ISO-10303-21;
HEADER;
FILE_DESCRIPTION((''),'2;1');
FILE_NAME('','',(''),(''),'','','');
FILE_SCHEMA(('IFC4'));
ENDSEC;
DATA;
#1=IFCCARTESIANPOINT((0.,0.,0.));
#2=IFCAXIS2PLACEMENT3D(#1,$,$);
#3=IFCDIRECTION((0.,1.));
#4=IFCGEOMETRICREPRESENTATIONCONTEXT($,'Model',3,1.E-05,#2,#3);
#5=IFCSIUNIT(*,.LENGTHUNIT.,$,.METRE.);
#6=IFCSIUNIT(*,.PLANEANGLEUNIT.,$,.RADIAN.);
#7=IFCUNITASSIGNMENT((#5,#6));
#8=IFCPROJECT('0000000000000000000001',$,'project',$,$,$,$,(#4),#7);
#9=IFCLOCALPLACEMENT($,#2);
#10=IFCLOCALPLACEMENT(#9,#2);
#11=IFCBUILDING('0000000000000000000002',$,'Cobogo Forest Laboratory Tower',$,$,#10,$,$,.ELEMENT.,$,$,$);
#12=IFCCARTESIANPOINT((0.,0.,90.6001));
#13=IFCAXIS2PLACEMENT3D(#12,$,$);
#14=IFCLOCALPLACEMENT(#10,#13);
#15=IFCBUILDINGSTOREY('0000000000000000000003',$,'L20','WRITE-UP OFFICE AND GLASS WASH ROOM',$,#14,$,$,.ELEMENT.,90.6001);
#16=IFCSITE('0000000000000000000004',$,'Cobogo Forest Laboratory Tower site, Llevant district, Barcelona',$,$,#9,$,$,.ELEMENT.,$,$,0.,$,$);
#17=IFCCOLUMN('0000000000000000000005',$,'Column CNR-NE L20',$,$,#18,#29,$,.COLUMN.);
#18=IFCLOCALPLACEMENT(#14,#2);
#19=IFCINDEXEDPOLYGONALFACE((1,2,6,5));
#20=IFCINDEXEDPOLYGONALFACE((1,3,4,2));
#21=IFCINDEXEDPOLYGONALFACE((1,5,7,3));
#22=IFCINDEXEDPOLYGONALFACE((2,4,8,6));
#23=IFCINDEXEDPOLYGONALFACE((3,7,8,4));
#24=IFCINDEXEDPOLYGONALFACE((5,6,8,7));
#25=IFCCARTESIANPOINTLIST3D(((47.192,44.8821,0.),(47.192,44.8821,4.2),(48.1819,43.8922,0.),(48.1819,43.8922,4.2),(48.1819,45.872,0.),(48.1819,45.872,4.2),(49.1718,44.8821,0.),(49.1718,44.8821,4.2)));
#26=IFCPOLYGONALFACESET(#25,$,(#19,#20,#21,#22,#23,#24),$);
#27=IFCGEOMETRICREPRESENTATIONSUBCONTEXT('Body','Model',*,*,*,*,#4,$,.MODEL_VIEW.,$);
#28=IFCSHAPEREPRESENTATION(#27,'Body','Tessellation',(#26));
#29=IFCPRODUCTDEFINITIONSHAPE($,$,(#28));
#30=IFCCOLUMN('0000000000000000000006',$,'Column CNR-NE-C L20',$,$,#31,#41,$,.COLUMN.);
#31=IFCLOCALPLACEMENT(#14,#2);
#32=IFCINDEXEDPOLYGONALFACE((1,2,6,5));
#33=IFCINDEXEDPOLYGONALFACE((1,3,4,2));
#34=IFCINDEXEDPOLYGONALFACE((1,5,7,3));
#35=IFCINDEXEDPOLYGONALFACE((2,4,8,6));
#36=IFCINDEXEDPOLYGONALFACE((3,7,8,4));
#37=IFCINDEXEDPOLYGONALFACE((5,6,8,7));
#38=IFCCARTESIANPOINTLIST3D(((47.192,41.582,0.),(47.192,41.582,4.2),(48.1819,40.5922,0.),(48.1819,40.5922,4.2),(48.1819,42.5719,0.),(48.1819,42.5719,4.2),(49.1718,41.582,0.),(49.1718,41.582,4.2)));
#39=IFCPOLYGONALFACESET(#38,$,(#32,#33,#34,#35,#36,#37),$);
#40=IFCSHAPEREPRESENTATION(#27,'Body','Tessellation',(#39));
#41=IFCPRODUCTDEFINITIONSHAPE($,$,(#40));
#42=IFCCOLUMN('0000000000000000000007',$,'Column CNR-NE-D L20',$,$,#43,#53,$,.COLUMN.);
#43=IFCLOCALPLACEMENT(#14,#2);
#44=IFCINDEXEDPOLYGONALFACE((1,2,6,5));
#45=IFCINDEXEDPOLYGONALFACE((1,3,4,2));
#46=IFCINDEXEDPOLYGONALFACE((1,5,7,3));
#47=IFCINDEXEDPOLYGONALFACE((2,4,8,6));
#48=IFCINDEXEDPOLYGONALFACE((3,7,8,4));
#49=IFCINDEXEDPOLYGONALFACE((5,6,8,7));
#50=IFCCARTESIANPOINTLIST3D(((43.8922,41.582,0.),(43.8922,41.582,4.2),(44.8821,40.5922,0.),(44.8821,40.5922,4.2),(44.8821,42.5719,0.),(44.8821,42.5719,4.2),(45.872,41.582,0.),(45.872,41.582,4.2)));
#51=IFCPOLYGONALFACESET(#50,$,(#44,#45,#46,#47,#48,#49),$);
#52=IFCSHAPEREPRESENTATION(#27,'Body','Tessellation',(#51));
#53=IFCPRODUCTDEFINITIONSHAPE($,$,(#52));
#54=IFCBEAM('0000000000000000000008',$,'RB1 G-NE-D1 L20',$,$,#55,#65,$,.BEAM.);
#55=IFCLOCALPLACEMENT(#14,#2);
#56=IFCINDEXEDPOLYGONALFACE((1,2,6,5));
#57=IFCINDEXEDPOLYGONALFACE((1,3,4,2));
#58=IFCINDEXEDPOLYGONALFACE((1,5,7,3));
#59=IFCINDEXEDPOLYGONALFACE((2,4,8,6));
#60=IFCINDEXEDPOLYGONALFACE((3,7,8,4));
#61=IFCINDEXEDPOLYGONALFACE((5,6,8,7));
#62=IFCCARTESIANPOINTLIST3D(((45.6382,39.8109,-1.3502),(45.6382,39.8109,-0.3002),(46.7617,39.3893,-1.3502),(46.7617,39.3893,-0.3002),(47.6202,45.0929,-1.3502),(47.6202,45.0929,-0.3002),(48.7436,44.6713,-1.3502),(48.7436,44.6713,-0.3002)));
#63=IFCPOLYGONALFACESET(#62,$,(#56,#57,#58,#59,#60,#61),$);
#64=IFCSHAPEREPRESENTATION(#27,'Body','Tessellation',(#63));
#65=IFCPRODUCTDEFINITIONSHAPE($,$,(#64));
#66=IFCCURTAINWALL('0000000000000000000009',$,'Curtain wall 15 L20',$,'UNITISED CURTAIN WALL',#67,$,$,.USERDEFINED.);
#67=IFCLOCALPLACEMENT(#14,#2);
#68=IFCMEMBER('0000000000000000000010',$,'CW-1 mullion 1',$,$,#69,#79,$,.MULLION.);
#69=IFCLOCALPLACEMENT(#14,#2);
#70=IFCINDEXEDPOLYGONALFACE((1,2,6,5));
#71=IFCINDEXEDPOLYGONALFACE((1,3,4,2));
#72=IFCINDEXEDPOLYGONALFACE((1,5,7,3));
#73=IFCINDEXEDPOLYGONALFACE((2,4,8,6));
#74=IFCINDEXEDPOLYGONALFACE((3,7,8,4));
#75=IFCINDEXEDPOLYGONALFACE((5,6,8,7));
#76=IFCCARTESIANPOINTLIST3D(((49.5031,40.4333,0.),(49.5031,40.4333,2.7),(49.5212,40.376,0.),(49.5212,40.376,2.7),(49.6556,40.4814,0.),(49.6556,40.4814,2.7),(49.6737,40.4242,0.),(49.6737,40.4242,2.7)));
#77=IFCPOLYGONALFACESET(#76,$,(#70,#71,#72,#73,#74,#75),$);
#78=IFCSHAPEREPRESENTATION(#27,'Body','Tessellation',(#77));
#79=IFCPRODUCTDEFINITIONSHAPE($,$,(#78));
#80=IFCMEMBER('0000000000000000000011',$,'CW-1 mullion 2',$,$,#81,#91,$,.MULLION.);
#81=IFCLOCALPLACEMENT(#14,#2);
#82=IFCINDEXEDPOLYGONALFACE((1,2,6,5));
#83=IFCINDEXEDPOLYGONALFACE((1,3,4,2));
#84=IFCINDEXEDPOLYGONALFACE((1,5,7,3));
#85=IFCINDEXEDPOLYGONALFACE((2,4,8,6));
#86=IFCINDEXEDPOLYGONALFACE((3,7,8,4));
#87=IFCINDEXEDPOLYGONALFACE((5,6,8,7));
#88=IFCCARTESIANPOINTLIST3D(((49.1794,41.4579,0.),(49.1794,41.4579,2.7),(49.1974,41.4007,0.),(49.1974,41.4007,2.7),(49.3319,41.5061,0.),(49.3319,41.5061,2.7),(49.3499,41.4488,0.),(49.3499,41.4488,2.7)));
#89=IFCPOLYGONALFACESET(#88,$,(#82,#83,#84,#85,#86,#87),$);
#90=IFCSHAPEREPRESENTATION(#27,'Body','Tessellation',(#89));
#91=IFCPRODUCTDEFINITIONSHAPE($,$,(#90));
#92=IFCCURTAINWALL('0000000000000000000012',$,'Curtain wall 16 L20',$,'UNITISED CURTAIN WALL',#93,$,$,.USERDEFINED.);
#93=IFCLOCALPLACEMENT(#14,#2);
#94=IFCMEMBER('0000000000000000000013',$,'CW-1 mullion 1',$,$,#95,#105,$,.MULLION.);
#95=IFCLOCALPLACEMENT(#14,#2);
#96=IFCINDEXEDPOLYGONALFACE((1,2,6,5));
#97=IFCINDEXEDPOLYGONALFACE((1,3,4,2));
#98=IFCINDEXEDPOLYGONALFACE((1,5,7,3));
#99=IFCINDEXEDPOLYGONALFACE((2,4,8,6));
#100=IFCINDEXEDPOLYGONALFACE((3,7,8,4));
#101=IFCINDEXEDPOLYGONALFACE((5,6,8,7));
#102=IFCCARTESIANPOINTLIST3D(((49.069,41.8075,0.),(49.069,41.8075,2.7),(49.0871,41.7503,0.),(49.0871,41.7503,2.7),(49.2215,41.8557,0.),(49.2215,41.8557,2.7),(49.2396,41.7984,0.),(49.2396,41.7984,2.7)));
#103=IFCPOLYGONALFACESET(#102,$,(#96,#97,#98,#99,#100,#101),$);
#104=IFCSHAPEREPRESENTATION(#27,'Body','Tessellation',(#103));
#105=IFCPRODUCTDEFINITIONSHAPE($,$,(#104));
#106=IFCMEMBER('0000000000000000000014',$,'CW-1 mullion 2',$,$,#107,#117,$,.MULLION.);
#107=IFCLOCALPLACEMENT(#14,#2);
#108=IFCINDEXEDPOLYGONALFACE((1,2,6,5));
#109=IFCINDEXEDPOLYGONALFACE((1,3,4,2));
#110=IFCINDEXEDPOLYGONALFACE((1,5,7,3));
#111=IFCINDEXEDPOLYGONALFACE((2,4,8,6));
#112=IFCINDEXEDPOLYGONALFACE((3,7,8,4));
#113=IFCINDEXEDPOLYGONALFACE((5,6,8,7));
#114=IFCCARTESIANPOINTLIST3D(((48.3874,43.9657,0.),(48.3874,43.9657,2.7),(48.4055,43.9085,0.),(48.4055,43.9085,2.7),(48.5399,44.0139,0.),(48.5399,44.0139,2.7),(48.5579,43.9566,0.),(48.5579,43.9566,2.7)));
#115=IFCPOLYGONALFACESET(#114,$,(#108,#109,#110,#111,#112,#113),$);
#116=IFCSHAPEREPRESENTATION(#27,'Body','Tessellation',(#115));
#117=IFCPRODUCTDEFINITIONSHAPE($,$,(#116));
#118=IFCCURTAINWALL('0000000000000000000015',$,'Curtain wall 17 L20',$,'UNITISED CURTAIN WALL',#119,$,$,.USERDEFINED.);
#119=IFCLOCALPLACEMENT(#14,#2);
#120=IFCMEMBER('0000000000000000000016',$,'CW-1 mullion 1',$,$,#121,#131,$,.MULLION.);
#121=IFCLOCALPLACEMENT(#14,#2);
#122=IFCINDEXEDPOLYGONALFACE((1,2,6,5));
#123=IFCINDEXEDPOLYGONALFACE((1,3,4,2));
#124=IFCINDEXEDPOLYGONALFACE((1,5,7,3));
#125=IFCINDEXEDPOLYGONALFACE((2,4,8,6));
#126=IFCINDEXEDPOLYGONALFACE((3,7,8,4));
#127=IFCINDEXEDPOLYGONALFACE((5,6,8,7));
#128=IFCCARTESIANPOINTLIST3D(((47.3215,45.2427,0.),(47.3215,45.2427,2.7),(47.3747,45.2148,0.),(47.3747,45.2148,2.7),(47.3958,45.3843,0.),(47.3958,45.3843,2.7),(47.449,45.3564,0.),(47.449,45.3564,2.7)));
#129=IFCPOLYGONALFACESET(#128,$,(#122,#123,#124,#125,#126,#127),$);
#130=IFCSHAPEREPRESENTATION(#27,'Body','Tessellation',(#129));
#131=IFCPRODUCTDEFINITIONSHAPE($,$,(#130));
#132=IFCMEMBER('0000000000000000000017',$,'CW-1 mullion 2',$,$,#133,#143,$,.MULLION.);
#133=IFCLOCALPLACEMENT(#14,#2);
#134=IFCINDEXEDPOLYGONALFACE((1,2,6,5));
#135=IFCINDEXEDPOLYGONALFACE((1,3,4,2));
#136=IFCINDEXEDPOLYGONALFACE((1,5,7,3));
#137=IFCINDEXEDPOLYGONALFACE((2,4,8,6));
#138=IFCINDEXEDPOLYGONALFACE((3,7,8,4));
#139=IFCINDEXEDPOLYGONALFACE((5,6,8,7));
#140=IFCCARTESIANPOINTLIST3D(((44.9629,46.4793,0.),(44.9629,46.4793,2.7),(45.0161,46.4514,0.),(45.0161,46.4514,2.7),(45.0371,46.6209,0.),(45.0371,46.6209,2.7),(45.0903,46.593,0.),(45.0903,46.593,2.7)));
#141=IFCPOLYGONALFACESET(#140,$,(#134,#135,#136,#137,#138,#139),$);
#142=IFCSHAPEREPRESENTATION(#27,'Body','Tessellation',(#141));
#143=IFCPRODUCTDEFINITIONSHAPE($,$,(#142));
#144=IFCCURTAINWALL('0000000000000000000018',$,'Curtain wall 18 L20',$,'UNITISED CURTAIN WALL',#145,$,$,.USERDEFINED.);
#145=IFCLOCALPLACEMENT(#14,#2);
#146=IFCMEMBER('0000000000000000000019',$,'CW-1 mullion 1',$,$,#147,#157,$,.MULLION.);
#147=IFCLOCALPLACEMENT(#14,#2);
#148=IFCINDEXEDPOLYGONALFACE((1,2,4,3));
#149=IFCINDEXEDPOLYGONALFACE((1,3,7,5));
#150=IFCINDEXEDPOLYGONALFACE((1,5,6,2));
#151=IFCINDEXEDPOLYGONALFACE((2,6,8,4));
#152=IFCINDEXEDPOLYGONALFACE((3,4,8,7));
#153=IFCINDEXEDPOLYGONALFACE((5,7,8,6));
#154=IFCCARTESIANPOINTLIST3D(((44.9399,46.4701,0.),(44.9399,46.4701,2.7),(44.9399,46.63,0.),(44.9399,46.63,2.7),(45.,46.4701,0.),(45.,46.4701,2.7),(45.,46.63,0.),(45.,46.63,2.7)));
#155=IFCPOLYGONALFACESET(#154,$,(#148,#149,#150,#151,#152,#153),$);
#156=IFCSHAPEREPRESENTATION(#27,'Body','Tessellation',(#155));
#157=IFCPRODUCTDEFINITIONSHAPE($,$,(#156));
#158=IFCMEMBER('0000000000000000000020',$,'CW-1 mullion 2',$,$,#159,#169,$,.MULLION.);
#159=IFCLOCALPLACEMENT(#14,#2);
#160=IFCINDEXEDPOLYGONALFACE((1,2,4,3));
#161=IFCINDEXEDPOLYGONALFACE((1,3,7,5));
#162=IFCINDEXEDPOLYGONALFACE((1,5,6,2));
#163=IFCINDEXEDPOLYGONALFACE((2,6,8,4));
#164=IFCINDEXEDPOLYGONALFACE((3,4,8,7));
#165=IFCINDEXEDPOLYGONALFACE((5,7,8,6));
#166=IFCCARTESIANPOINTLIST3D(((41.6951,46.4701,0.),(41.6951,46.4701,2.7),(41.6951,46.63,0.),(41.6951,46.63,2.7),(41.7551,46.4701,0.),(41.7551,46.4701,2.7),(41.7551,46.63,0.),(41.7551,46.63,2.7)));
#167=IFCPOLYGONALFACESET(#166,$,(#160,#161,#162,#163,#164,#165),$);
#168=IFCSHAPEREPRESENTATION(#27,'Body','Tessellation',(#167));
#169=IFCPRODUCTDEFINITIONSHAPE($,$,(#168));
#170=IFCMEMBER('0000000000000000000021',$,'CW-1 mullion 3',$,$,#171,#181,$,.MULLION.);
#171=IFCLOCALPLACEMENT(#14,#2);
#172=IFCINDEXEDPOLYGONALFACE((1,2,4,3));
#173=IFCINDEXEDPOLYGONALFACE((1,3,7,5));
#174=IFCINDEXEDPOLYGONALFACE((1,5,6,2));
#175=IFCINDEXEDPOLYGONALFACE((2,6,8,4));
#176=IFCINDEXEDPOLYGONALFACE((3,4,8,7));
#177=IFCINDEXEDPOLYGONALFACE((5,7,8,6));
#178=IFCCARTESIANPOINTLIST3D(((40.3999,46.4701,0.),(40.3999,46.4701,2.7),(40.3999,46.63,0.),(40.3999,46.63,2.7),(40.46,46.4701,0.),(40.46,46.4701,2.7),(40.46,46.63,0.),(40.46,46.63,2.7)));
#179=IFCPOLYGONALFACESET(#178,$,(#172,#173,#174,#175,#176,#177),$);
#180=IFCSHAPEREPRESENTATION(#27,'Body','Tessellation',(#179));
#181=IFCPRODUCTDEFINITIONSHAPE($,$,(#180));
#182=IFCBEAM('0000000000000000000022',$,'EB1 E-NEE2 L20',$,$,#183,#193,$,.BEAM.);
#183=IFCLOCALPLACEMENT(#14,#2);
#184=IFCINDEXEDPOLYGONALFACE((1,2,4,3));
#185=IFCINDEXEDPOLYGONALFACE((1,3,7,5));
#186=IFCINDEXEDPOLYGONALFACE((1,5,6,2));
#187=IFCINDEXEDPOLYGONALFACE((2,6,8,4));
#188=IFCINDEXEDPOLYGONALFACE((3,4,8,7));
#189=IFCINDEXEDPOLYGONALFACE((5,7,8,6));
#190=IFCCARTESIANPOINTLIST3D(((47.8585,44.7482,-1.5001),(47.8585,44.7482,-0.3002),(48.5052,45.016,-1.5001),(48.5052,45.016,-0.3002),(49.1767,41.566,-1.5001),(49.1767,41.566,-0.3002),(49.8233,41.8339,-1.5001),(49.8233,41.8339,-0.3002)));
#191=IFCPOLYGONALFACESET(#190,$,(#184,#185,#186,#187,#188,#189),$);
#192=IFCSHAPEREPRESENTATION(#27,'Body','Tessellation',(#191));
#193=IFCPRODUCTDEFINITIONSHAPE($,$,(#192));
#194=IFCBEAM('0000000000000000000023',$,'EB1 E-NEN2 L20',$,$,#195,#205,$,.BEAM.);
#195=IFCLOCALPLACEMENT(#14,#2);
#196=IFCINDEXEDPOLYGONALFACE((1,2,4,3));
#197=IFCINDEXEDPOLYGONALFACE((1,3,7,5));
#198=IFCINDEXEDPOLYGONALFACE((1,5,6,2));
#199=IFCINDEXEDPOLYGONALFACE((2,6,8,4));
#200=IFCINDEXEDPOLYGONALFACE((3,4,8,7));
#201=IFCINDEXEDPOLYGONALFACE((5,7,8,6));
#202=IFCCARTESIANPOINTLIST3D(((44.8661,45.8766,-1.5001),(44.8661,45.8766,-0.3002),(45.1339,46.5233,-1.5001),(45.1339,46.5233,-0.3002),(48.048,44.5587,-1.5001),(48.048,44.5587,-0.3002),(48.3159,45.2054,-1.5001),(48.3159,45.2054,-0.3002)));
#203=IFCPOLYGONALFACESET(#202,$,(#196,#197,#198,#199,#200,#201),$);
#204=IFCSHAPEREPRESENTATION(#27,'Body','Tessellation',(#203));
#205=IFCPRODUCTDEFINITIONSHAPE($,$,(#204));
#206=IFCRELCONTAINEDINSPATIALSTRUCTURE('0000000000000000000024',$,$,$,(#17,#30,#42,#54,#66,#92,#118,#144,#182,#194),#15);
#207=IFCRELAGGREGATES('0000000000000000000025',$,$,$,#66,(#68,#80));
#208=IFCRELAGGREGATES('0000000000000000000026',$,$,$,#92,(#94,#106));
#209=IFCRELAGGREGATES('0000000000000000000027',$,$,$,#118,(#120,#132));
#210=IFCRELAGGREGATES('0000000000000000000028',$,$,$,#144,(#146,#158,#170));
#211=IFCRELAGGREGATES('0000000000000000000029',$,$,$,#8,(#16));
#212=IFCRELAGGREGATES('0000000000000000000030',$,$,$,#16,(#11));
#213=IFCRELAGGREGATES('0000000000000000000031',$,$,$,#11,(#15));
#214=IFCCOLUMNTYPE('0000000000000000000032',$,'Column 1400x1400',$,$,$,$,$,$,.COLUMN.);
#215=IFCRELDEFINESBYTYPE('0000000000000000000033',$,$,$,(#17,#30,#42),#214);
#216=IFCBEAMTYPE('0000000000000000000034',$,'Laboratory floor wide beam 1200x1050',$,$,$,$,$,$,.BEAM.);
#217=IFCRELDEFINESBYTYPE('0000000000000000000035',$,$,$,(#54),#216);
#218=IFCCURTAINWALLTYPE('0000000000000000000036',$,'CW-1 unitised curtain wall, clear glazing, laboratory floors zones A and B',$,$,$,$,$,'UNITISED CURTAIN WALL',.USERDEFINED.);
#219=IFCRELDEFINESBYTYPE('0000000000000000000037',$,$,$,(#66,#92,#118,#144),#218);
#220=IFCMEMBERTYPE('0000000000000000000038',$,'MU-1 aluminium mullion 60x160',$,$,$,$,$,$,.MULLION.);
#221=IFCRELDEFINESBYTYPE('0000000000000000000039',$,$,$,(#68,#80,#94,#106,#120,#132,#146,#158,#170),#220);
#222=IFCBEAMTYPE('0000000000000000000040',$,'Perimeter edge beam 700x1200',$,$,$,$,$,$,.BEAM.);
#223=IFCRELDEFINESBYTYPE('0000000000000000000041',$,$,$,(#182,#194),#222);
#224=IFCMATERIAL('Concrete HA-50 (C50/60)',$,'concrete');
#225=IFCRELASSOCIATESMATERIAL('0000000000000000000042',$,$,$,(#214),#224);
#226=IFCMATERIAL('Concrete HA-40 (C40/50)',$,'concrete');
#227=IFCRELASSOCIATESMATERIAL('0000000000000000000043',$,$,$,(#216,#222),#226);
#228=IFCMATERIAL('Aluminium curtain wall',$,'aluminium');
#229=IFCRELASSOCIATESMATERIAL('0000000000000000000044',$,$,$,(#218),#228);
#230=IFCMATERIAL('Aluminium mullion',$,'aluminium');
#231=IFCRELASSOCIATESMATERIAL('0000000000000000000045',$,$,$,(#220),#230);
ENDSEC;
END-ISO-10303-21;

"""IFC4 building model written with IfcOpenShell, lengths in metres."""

from ifc_helpers import new_model, si_unit, direction, frame, origin, origin_2d, place, context, subcontext, project, spatial, rectangle, extrude, material, material_profile, profile_set, type_object, element, aggregate, save


model = new_model("IFC4")

# Units and contexts
model_context = context("Model", 3, precision=1e-05, world=origin(), true_north=direction((0.0, 1.0)))
body_context = subcontext(model_context, "Body", "Model", "MODEL_VIEW")
ifc_project = project(units=[si_unit("LENGTHUNIT", "METRE"), si_unit("PLANEANGLEUNIT", "RADIAN")], contexts=[model_context])

# Site, building, storey
site_placement = place(None, origin())
site = spatial("IfcSite", under=ifc_project, at=site_placement, Name="Cobogo Forest Laboratory Tower site, Llevant district, Barcelona", CompositionType="ELEMENT", RefElevation=0.0)
building_placement = place(site_placement, origin())
building = spatial("IfcBuilding", under=site, at=building_placement, Name="Cobogo Forest Laboratory Tower", CompositionType="ELEMENT")
storey_placement = place(building_placement, frame((0.0, 0.0, 90.6001)))
storey = spatial("IfcBuildingStorey", under=building, at=storey_placement, Name="L20", Description="WRITE-UP OFFICE AND GLASS WASH ROOM", CompositionType="ELEMENT", Elevation=90.6001)

# Columns
ifc_material_1 = material(Name="Concrete HA-50 (C50/60)", Category="concrete")
ifc_material_profile_1 = material_profile(ifc_material_1, rectangle(XDim=1.3999, YDim=1.3999, at=origin_2d()), Name="RC 1400x1400")
ifc_profile_set_1 = profile_set([ifc_material_profile_1], Name="Concrete HA-50 (C50/60)")
column_type = type_object("IfcColumnType", Name="Column 1400x1400", PredefinedType="COLUMN", material=ifc_profile_set_1)
for number, where, z_axis, x_axis, name in (
    (1, (48.1819, 44.8821, 0.0), (0.0, 0.0, 1.0), (0.707107, 0.707107, 0.0), "Column CNR-NE L20"),
    (2, (48.1819, 41.582, 0.0), (0.0, 0.0, 1.0), (0.707107, 0.707107, 0.0), "Column CNR-NE-C L20"),
    (3, (44.8821, 41.582, 0.0), (0.0, 0.0, 1.0), (0.707107, 0.707107, 0.0), "Column CNR-NE-D L20"),
):
    element("IfcColumn", number, at=place(storey_placement, frame(where, z_axis=z_axis, x_axis=x_axis)), inside=storey, type_object=column_type, Name=name, PredefinedType="COLUMN", context=body_context, shape_type="SweptSolid", body=[
        extrude(rectangle(XDim=1.3999, YDim=1.3999, at=origin_2d()), origin(), (0.0, 0.0, 1.0), 4.2),
    ])

# Beam
ifc_material_2 = material(Name="Concrete HA-40 (C40/50)", Category="concrete")
ifc_material_profile_2 = material_profile(ifc_material_2, rectangle(XDim=1.2, YDim=1.05, at=origin_2d()), Name="RC 1200x1050")
ifc_profile_set_2 = profile_set([ifc_material_profile_2], Name="Concrete HA-40 (C40/50)")
beam_type_1 = type_object("IfcBeamType", Name="Laboratory floor wide beam 1200x1050", PredefinedType="BEAM", material=ifc_profile_set_2)
beam_1_placement = place(storey_placement, frame((48.1819, 44.8821, -0.8252), z_axis=(-0.351308, -0.93626, 0.0), x_axis=(0.93626, -0.351308, 0.0)))
element("IfcBeam", 4, at=beam_1_placement, inside=storey, type_object=beam_type_1, Name="RB1 G-NE-D1 L20", PredefinedType="BEAM", context=body_context, shape_type="SweptSolid", body=[
    extrude(rectangle(XDim=1.2, YDim=1.05, at=origin_2d()), origin(), (0.0, 0.0, 1.0), 5.6416),
])

# Curtain walls, members
ifc_material_3 = material(Name="Aluminium curtain wall", Category="aluminium")
curtain_wall_type = type_object("IfcCurtainWallType", Name="CW-1 unitised curtain wall, clear glazing, laboratory floors zones A and B", ElementType="UNITISED CURTAIN WALL", PredefinedType="USERDEFINED", material=ifc_material_3)
curtain_wall_1_placement = place(storey_placement, origin())
curtain_wall_1 = element("IfcCurtainWall", 5, at=curtain_wall_1_placement, inside=storey, type_object=curtain_wall_type, Name="Curtain wall 15 L20", ObjectType="UNITISED CURTAIN WALL", PredefinedType="USERDEFINED")
ifc_material_4 = material(Name="Aluminium mullion", Category="aluminium")
ifc_material_profile_3 = material_profile(ifc_material_4, rectangle(XDim=0.0601, YDim=0.1599, at=origin_2d()), Name="AL 60x160")
ifc_profile_set_3 = profile_set([ifc_material_profile_3], Name="Aluminium mullion")
member_type_1 = type_object("IfcMemberType", Name="MU-1 aluminium mullion 60x160", PredefinedType="MULLION", material=ifc_profile_set_3)
member_1_placement = place(storey_placement, frame((49.5884, 40.4287, 0.0), z_axis=(0.0, 0.0, 1.0), x_axis=(-0.301136, 0.953581, 0.0)))
member_1 = element("IfcMember", 6, at=member_1_placement, type_object=member_type_1, Name="CW-1 mullion 1", PredefinedType="MULLION", context=body_context, shape_type="SweptSolid", body=[
    extrude(rectangle(XDim=0.0601, YDim=0.1599, at=origin_2d()), origin(), (0.0, 0.0, 1.0), 2.7),
])
member_2_placement = place(storey_placement, frame((49.2646, 41.4534, 0.0), z_axis=(0.0, 0.0, 1.0), x_axis=(-0.301136, 0.953581, 0.0)))
member_2 = element("IfcMember", 7, at=member_2_placement, type_object=member_type_1, Name="CW-1 mullion 2", PredefinedType="MULLION", context=body_context, shape_type="SweptSolid", body=[
    extrude(rectangle(XDim=0.0601, YDim=0.1599, at=origin_2d()), origin(), (0.0, 0.0, 1.0), 2.7),
])
curtain_wall_2_placement = place(storey_placement, origin())
curtain_wall_2 = element("IfcCurtainWall", 8, at=curtain_wall_2_placement, inside=storey, type_object=curtain_wall_type, Name="Curtain wall 16 L20", ObjectType="UNITISED CURTAIN WALL", PredefinedType="USERDEFINED")
member_3_placement = place(storey_placement, frame((49.1543, 41.803, 0.0), z_axis=(0.0, 0.0, 1.0), x_axis=(-0.301135, 0.953581, 0.0)))
member_3 = element("IfcMember", 9, at=member_3_placement, type_object=member_type_1, Name="CW-1 mullion 1", PredefinedType="MULLION", context=body_context, shape_type="SweptSolid", body=[
    extrude(rectangle(XDim=0.0601, YDim=0.1599, at=origin_2d()), origin(), (0.0, 0.0, 1.0), 2.7),
])
member_4_placement = place(storey_placement, frame((48.4727, 43.9612, 0.0), z_axis=(0.0, 0.0, 1.0), x_axis=(-0.301135, 0.953581, 0.0)))
member_4 = element("IfcMember", 10, at=member_4_placement, type_object=member_type_1, Name="CW-1 mullion 2", PredefinedType="MULLION", context=body_context, shape_type="SweptSolid", body=[
    extrude(rectangle(XDim=0.0601, YDim=0.1599, at=origin_2d()), origin(), (0.0, 0.0, 1.0), 2.7),
])
curtain_wall_3_placement = place(storey_placement, origin())
curtain_wall_3 = element("IfcCurtainWall", 11, at=curtain_wall_3_placement, inside=storey, type_object=curtain_wall_type, Name="Curtain wall 17 L20", ObjectType="UNITISED CURTAIN WALL", PredefinedType="USERDEFINED")
member_5_placement = place(storey_placement, frame((47.3853, 45.2996, 0.0), z_axis=(0.0, 0.0, 1.0), x_axis=(-0.885687, 0.464284, 0.0)))
member_5 = element("IfcMember", 12, at=member_5_placement, type_object=member_type_1, Name="CW-1 mullion 1", PredefinedType="MULLION", context=body_context, shape_type="SweptSolid", body=[
    extrude(rectangle(XDim=0.0601, YDim=0.1599, at=origin_2d()), origin(), (0.0, 0.0, 1.0), 2.7),
])
member_6_placement = place(storey_placement, frame((45.0266, 46.5361, 0.0), z_axis=(0.0, 0.0, 1.0), x_axis=(-0.885687, 0.464284, 0.0)))
member_6 = element("IfcMember", 13, at=member_6_placement, type_object=member_type_1, Name="CW-1 mullion 2", PredefinedType="MULLION", context=body_context, shape_type="SweptSolid", body=[
    extrude(rectangle(XDim=0.0601, YDim=0.1599, at=origin_2d()), origin(), (0.0, 0.0, 1.0), 2.7),
])
curtain_wall_4_placement = place(storey_placement, origin())
curtain_wall_4 = element("IfcCurtainWall", 14, at=curtain_wall_4_placement, inside=storey, type_object=curtain_wall_type, Name="Curtain wall 18 L20", ObjectType="UNITISED CURTAIN WALL", PredefinedType="USERDEFINED")
member_7_placement = place(storey_placement, frame((44.97, 46.55, 0.0), z_axis=(0.0, 0.0, 1.0), x_axis=(-1.0, 0.0, 0.0)))
member_7 = element("IfcMember", 15, at=member_7_placement, type_object=member_type_1, Name="CW-1 mullion 1", PredefinedType="MULLION", context=body_context, shape_type="SweptSolid", body=[
    extrude(rectangle(XDim=0.0601, YDim=0.1599, at=origin_2d()), origin(), (0.0, 0.0, 1.0), 2.7),
])
member_8_placement = place(storey_placement, frame((41.7251, 46.55, 0.0), z_axis=(0.0, 0.0, 1.0), x_axis=(-1.0, 0.0, 0.0)))
member_8 = element("IfcMember", 16, at=member_8_placement, type_object=member_type_1, Name="CW-1 mullion 2", PredefinedType="MULLION", context=body_context, shape_type="SweptSolid", body=[
    extrude(rectangle(XDim=0.0601, YDim=0.1599, at=origin_2d()), origin(), (0.0, 0.0, 1.0), 2.7),
])
member_9_placement = place(storey_placement, frame((40.4299, 46.55, 0.0), z_axis=(0.0, 0.0, 1.0), x_axis=(-1.0, 0.0, 0.0)))
member_9 = element("IfcMember", 17, at=member_9_placement, type_object=member_type_1, Name="CW-1 mullion 3", PredefinedType="MULLION", context=body_context, shape_type="SweptSolid", body=[
    extrude(rectangle(XDim=0.0601, YDim=0.1599, at=origin_2d()), origin(), (0.0, 0.0, 1.0), 2.7),
])

# Beams
ifc_material_profile_4 = material_profile(ifc_material_2, rectangle(XDim=0.7, YDim=1.2, at=origin_2d()), Name="RC 700x1200")
ifc_profile_set_4 = profile_set([ifc_material_profile_4], Name="Concrete HA-40 (C40/50)")
beam_type_2 = type_object("IfcBeamType", Name="Perimeter edge beam 700x1200", PredefinedType="BEAM", material=ifc_profile_set_4)
beam_2_placement = place(storey_placement, frame((49.5, 41.7, -0.9001), z_axis=(-0.382692, 0.923876, 0.0), x_axis=(-0.923876, -0.382692, 0.0)))
element("IfcBeam", 18, at=beam_2_placement, inside=storey, type_object=beam_type_2, Name="EB1 E-NEE2 L20", PredefinedType="BEAM", context=body_context, shape_type="SweptSolid", body=[
    extrude(rectangle(XDim=0.7, YDim=1.2, at=origin_2d()), origin(), (0.0, 0.0, 1.0), 3.4443),
])
beam_3_placement = place(storey_placement, frame((45.0, 46.2, -0.9001), z_axis=(0.923891, -0.382656, 0.0), x_axis=(0.382656, 0.923891, 0.0)))
element("IfcBeam", 19, at=beam_3_placement, inside=storey, type_object=beam_type_2, Name="EB1 E-NEN2 L20", PredefinedType="BEAM", context=body_context, shape_type="SweptSolid", body=[
    extrude(rectangle(XDim=0.7, YDim=1.2, at=origin_2d()), origin(), (0.0, 0.0, 1.0), 3.4441),
])

aggregate(curtain_wall_1, [member_1, member_2])
aggregate(curtain_wall_2, [member_3, member_4])
aggregate(curtain_wall_3, [member_5, member_6])
aggregate(curtain_wall_4, [member_7, member_8, member_9])

save(model, "model.ifc")
